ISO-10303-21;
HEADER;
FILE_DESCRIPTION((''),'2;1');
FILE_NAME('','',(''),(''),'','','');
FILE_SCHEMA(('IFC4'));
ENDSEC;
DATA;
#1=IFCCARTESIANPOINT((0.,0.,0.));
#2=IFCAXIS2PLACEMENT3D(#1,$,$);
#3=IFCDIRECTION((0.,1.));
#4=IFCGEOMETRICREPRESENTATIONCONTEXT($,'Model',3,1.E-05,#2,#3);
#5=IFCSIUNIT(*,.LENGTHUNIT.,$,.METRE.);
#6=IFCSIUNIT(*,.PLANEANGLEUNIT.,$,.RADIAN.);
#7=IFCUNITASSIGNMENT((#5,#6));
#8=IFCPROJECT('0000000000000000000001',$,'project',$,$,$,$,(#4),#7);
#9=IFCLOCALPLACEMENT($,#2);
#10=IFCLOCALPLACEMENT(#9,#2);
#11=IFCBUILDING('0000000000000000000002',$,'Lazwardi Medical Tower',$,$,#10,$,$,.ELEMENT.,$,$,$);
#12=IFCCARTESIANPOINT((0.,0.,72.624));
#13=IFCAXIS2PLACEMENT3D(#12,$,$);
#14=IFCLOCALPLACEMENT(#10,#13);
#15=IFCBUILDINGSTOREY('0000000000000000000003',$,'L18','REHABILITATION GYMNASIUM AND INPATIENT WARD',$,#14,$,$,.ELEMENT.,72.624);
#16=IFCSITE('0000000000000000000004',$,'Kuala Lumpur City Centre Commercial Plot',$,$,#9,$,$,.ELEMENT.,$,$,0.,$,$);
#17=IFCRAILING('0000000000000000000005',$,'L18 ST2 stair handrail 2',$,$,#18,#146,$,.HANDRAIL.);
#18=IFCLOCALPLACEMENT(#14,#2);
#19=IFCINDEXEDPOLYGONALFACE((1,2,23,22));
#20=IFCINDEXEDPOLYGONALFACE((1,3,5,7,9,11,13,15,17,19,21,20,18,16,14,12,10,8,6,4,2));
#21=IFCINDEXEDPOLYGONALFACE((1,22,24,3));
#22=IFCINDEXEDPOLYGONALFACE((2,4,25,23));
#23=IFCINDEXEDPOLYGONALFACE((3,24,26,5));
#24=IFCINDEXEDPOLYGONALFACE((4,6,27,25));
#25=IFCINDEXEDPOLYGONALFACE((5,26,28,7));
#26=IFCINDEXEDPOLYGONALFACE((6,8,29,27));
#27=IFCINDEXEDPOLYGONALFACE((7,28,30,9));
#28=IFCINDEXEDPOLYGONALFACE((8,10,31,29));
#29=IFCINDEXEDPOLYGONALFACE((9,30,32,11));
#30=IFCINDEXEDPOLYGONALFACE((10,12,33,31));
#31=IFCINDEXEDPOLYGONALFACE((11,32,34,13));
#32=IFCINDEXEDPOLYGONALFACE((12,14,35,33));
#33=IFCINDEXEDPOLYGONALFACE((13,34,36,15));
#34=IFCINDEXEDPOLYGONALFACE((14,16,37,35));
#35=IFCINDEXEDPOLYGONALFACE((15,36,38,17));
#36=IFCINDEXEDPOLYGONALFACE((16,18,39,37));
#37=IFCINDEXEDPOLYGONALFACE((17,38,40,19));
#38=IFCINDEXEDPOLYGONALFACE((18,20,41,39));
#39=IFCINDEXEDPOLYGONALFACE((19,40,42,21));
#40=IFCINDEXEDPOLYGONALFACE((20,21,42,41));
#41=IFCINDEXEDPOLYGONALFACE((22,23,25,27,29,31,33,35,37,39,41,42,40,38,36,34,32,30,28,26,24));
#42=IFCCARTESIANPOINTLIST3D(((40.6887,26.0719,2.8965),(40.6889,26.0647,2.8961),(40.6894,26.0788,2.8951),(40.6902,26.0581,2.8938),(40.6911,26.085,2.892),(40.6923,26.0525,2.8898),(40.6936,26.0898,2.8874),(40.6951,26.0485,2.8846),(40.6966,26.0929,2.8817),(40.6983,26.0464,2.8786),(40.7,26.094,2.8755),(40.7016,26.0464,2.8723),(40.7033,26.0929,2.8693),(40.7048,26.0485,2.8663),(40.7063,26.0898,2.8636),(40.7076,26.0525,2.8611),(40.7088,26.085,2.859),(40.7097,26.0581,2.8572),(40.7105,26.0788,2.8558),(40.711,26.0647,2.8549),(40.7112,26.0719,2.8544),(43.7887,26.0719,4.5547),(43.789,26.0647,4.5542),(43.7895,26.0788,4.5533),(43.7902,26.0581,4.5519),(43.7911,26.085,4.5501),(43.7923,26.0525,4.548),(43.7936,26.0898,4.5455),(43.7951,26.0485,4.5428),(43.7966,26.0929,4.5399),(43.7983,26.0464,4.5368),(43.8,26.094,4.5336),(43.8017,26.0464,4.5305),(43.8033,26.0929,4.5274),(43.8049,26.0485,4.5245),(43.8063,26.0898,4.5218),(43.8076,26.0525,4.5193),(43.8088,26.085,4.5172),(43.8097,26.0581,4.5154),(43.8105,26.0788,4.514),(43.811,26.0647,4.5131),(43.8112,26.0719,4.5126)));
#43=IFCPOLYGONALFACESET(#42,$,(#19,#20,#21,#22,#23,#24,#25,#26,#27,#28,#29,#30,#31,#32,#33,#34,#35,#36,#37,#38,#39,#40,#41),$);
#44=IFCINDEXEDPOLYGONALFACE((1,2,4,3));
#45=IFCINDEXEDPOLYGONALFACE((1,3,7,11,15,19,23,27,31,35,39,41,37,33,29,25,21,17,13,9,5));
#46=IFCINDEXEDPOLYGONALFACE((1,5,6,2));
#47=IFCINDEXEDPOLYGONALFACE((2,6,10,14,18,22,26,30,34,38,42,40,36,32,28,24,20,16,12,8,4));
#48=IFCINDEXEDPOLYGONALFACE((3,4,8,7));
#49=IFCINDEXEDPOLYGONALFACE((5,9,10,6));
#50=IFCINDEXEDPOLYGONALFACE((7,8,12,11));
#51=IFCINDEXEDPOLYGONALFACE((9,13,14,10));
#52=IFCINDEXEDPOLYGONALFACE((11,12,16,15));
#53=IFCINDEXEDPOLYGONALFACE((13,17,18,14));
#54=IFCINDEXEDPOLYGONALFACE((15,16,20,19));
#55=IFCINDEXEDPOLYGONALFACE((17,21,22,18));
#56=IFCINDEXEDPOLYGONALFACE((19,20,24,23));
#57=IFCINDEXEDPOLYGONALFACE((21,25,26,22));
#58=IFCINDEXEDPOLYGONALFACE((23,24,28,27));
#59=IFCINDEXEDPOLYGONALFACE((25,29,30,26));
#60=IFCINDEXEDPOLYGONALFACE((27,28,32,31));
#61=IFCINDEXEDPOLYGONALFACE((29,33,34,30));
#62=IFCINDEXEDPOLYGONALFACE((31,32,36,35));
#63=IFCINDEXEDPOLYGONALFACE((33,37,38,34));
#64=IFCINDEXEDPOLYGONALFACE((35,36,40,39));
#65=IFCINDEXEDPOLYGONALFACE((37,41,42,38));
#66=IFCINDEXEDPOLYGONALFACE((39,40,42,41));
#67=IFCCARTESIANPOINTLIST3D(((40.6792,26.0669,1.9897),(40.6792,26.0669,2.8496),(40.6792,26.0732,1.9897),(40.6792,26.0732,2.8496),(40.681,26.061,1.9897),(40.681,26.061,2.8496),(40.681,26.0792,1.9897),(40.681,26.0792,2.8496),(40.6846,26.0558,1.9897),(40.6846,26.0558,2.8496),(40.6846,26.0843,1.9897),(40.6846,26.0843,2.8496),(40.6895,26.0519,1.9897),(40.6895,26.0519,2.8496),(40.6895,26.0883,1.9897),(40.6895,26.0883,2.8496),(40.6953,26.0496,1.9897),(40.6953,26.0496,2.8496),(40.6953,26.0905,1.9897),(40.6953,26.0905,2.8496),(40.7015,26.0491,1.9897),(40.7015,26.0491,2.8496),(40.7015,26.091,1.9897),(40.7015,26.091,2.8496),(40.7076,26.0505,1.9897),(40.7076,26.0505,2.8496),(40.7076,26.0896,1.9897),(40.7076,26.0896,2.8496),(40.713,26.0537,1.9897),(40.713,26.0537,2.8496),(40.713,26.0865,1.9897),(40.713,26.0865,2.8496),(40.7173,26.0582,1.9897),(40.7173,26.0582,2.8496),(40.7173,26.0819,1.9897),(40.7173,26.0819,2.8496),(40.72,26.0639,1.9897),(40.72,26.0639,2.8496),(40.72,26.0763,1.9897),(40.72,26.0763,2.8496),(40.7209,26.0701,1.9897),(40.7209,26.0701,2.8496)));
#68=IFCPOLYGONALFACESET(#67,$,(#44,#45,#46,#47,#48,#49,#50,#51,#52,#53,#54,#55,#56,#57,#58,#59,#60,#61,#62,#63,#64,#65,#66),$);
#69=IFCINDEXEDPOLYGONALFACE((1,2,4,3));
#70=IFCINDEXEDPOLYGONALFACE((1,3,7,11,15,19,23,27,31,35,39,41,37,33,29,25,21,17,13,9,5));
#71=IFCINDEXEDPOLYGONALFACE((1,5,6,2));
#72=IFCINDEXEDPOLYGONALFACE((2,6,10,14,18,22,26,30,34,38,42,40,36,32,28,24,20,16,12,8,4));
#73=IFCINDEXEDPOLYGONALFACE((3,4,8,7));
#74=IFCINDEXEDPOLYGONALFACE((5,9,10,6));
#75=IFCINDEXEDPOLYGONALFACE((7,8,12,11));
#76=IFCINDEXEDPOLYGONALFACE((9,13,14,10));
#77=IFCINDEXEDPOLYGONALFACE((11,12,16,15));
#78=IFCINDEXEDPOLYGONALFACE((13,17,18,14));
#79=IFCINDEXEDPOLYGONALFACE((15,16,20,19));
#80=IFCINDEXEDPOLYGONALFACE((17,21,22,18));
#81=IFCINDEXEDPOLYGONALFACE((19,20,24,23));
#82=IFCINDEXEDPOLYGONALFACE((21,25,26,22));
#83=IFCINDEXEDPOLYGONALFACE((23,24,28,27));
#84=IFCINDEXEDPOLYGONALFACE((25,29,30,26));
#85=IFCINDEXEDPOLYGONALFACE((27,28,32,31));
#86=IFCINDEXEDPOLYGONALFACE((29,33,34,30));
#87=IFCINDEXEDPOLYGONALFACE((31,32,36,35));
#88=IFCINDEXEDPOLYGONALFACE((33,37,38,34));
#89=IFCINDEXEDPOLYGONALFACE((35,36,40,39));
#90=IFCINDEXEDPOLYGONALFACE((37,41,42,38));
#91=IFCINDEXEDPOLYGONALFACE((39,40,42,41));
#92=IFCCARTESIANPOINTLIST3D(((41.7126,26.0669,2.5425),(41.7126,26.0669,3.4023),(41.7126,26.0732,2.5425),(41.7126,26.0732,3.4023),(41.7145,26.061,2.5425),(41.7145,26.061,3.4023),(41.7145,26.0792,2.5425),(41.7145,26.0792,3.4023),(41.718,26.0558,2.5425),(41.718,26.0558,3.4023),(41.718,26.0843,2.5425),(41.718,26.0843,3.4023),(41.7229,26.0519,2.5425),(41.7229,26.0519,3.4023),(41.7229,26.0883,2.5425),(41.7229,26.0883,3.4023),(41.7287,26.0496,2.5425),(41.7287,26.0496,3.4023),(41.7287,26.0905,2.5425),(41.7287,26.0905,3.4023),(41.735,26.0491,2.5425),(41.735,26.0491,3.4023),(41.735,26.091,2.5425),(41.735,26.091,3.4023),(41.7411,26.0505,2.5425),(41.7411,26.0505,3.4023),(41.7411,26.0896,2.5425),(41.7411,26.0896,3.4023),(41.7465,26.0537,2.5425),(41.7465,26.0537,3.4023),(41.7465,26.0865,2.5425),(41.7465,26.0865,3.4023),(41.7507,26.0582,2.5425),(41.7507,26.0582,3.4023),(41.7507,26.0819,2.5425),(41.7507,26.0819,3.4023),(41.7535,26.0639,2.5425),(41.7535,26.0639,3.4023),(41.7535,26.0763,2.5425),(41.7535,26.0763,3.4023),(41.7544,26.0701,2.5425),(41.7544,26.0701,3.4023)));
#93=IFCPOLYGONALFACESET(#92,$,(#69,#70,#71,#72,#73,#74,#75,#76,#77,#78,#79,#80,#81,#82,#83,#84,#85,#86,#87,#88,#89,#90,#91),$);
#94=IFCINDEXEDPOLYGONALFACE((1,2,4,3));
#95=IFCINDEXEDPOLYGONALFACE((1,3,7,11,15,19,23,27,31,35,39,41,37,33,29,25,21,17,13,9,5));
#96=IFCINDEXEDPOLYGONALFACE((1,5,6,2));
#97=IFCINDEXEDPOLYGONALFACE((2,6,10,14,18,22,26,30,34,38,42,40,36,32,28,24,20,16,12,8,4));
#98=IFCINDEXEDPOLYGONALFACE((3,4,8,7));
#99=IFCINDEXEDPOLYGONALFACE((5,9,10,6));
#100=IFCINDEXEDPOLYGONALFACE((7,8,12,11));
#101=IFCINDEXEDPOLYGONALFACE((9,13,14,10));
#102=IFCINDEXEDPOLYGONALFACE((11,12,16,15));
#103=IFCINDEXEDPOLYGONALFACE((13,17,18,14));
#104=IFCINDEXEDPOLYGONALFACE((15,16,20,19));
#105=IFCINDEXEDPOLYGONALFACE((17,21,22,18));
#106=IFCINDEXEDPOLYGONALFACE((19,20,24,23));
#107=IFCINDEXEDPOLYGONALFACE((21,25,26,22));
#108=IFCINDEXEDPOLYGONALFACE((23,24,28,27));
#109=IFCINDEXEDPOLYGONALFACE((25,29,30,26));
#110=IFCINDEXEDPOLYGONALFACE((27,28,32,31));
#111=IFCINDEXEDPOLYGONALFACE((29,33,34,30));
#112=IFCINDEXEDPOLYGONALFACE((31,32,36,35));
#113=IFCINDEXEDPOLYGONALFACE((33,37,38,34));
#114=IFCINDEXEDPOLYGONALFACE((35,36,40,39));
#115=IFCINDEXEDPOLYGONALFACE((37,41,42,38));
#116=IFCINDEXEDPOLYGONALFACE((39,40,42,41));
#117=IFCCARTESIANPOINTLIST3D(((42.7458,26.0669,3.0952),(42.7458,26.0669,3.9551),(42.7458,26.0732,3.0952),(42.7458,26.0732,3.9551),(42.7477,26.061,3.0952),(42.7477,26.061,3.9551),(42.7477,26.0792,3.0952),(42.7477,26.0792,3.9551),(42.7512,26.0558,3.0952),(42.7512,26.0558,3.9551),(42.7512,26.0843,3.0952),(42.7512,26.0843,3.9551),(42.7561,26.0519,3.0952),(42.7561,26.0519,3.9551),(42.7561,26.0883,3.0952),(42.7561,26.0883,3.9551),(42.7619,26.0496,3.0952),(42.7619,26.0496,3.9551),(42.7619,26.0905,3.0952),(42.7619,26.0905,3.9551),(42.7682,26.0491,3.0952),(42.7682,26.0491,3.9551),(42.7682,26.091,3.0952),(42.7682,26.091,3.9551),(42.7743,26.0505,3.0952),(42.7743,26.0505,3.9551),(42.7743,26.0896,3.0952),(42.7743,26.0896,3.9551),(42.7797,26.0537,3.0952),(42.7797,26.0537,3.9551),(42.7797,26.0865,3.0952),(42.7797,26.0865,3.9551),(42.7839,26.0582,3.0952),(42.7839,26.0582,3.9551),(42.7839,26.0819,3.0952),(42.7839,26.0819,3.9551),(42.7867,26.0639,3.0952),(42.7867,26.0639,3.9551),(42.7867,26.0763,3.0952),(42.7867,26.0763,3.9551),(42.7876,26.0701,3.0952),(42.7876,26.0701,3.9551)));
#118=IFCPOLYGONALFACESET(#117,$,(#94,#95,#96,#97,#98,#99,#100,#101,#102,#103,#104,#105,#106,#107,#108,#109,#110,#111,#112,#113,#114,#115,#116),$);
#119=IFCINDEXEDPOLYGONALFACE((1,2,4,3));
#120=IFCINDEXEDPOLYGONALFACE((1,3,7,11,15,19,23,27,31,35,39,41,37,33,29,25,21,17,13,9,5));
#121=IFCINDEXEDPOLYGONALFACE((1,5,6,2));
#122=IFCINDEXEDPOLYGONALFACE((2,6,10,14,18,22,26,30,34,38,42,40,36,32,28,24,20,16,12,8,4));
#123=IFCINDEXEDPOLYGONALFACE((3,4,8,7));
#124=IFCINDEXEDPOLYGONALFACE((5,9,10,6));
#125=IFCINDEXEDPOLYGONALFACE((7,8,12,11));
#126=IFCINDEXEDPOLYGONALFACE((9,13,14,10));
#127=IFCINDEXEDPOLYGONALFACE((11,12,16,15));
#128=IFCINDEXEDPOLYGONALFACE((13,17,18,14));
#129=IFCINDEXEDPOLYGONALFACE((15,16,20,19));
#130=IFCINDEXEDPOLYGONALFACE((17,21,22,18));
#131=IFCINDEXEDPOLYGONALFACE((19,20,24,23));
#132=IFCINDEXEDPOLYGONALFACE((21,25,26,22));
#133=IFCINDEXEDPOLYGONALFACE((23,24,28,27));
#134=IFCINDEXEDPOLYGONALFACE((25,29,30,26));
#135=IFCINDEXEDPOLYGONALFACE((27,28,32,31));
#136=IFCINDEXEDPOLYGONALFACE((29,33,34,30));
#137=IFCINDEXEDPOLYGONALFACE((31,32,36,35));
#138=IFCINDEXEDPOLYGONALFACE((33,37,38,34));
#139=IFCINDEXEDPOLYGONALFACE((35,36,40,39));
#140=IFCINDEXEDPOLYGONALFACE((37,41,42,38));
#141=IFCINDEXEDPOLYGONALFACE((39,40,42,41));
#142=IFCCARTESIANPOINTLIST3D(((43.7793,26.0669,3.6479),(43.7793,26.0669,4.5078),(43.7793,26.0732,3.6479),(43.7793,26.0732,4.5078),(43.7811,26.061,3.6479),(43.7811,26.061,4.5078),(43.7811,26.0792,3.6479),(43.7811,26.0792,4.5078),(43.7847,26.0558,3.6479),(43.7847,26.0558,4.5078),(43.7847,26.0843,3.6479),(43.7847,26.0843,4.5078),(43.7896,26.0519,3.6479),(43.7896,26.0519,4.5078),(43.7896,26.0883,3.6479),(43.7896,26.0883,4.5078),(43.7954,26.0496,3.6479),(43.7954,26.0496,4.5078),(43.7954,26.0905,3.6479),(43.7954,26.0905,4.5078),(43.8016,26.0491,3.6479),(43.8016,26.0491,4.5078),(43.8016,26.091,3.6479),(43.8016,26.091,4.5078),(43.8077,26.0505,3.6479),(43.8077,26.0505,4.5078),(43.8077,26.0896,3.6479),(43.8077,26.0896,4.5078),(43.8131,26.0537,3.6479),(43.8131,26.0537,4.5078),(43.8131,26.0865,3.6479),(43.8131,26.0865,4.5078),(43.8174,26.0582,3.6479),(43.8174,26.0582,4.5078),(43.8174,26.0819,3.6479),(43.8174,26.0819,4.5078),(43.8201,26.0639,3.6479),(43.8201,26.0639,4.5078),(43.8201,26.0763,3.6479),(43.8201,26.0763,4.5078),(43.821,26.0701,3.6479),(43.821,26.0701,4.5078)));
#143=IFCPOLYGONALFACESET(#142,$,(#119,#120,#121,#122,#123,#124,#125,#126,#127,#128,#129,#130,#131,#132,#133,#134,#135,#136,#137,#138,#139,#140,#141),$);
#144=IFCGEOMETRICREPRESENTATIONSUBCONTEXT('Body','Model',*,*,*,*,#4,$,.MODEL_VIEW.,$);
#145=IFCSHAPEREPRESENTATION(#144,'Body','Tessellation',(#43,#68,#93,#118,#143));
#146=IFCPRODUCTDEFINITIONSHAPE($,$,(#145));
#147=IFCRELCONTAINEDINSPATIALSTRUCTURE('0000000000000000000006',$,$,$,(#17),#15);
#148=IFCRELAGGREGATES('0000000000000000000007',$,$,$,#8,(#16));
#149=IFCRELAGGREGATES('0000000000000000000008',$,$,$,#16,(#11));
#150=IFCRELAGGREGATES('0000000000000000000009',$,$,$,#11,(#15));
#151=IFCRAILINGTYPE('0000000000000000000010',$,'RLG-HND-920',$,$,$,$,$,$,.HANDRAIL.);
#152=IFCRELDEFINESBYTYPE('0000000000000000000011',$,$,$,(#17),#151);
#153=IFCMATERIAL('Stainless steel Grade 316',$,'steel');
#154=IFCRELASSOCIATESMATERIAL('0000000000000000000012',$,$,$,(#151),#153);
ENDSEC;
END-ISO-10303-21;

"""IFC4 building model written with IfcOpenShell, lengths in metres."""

from ifc_helpers import new_model, si_unit, direction, frame, origin, origin_2d, place, context, subcontext, project, spatial, circle, extrude, material, type_object, element, save


model = new_model("IFC4")

# Units and contexts
model_context = context("Model", 3, precision=1e-05, world=origin(), true_north=direction((0.0, 1.0)))
body_context = subcontext(model_context, "Body", "Model", "MODEL_VIEW")
ifc_project = project(units=[si_unit("LENGTHUNIT", "METRE"), si_unit("PLANEANGLEUNIT", "RADIAN")], contexts=[model_context])

# Site, building, storey
site_placement = place(None, origin())
site = spatial("IfcSite", under=ifc_project, at=site_placement, Name="Kuala Lumpur City Centre Commercial Plot", CompositionType="ELEMENT", RefElevation=0.0)
building_placement = place(site_placement, origin())
building = spatial("IfcBuilding", under=site, at=building_placement, Name="Lazwardi Medical Tower", CompositionType="ELEMENT")
storey_placement = place(building_placement, frame((0.0, 0.0, 72.624)))
storey = spatial("IfcBuildingStorey", under=building, at=storey_placement, Name="L18", Description="REHABILITATION GYMNASIUM AND INPATIENT WARD", CompositionType="ELEMENT", Elevation=72.624)

# Railing
ifc_material_1 = material(Name="Stainless steel Grade 316", Category="steel")
railing_type_1 = type_object("IfcRailingType", Name="RLG-HND-920", PredefinedType="HANDRAIL", material=ifc_material_1)
railing_1_placement = place(storey_placement, frame((40.7, 26.0701, 1.9897)))
element("IfcRailing", 1, at=railing_1_placement, inside=storey, type_object=railing_type_1, Name="L18 ST2 stair handrail 2", PredefinedType="HANDRAIL", context=body_context, shape_type="SweptSolid", body=[
    extrude(circle(Radius=0.0239, at=origin_2d()), frame((0.0, 0.0, 0.8857), z_axis=(0.881783, 0.0, 0.471655), x_axis=(0.0, 1.0, 0.0)), (0.0, 0.0, 1.0), 3.5156),
    extrude(circle(Radius=0.021, at=origin_2d()), origin(), (0.0, 0.0, 1.0), 0.8599),
    extrude(circle(Radius=0.021, at=origin_2d()), frame((1.0334, 0.0, 0.5527)), (0.0, 0.0, 1.0), 0.8599),
    extrude(circle(Radius=0.021, at=origin_2d()), frame((2.0667, 0.0, 1.1055)), (0.0, 0.0, 1.0), 0.8599),
    extrude(circle(Radius=0.021, at=origin_2d()), frame((3.1001, 0.0, 1.6582)), (0.0, 0.0, 1.0), 0.8599),
])

save(model, "model.ifc")
